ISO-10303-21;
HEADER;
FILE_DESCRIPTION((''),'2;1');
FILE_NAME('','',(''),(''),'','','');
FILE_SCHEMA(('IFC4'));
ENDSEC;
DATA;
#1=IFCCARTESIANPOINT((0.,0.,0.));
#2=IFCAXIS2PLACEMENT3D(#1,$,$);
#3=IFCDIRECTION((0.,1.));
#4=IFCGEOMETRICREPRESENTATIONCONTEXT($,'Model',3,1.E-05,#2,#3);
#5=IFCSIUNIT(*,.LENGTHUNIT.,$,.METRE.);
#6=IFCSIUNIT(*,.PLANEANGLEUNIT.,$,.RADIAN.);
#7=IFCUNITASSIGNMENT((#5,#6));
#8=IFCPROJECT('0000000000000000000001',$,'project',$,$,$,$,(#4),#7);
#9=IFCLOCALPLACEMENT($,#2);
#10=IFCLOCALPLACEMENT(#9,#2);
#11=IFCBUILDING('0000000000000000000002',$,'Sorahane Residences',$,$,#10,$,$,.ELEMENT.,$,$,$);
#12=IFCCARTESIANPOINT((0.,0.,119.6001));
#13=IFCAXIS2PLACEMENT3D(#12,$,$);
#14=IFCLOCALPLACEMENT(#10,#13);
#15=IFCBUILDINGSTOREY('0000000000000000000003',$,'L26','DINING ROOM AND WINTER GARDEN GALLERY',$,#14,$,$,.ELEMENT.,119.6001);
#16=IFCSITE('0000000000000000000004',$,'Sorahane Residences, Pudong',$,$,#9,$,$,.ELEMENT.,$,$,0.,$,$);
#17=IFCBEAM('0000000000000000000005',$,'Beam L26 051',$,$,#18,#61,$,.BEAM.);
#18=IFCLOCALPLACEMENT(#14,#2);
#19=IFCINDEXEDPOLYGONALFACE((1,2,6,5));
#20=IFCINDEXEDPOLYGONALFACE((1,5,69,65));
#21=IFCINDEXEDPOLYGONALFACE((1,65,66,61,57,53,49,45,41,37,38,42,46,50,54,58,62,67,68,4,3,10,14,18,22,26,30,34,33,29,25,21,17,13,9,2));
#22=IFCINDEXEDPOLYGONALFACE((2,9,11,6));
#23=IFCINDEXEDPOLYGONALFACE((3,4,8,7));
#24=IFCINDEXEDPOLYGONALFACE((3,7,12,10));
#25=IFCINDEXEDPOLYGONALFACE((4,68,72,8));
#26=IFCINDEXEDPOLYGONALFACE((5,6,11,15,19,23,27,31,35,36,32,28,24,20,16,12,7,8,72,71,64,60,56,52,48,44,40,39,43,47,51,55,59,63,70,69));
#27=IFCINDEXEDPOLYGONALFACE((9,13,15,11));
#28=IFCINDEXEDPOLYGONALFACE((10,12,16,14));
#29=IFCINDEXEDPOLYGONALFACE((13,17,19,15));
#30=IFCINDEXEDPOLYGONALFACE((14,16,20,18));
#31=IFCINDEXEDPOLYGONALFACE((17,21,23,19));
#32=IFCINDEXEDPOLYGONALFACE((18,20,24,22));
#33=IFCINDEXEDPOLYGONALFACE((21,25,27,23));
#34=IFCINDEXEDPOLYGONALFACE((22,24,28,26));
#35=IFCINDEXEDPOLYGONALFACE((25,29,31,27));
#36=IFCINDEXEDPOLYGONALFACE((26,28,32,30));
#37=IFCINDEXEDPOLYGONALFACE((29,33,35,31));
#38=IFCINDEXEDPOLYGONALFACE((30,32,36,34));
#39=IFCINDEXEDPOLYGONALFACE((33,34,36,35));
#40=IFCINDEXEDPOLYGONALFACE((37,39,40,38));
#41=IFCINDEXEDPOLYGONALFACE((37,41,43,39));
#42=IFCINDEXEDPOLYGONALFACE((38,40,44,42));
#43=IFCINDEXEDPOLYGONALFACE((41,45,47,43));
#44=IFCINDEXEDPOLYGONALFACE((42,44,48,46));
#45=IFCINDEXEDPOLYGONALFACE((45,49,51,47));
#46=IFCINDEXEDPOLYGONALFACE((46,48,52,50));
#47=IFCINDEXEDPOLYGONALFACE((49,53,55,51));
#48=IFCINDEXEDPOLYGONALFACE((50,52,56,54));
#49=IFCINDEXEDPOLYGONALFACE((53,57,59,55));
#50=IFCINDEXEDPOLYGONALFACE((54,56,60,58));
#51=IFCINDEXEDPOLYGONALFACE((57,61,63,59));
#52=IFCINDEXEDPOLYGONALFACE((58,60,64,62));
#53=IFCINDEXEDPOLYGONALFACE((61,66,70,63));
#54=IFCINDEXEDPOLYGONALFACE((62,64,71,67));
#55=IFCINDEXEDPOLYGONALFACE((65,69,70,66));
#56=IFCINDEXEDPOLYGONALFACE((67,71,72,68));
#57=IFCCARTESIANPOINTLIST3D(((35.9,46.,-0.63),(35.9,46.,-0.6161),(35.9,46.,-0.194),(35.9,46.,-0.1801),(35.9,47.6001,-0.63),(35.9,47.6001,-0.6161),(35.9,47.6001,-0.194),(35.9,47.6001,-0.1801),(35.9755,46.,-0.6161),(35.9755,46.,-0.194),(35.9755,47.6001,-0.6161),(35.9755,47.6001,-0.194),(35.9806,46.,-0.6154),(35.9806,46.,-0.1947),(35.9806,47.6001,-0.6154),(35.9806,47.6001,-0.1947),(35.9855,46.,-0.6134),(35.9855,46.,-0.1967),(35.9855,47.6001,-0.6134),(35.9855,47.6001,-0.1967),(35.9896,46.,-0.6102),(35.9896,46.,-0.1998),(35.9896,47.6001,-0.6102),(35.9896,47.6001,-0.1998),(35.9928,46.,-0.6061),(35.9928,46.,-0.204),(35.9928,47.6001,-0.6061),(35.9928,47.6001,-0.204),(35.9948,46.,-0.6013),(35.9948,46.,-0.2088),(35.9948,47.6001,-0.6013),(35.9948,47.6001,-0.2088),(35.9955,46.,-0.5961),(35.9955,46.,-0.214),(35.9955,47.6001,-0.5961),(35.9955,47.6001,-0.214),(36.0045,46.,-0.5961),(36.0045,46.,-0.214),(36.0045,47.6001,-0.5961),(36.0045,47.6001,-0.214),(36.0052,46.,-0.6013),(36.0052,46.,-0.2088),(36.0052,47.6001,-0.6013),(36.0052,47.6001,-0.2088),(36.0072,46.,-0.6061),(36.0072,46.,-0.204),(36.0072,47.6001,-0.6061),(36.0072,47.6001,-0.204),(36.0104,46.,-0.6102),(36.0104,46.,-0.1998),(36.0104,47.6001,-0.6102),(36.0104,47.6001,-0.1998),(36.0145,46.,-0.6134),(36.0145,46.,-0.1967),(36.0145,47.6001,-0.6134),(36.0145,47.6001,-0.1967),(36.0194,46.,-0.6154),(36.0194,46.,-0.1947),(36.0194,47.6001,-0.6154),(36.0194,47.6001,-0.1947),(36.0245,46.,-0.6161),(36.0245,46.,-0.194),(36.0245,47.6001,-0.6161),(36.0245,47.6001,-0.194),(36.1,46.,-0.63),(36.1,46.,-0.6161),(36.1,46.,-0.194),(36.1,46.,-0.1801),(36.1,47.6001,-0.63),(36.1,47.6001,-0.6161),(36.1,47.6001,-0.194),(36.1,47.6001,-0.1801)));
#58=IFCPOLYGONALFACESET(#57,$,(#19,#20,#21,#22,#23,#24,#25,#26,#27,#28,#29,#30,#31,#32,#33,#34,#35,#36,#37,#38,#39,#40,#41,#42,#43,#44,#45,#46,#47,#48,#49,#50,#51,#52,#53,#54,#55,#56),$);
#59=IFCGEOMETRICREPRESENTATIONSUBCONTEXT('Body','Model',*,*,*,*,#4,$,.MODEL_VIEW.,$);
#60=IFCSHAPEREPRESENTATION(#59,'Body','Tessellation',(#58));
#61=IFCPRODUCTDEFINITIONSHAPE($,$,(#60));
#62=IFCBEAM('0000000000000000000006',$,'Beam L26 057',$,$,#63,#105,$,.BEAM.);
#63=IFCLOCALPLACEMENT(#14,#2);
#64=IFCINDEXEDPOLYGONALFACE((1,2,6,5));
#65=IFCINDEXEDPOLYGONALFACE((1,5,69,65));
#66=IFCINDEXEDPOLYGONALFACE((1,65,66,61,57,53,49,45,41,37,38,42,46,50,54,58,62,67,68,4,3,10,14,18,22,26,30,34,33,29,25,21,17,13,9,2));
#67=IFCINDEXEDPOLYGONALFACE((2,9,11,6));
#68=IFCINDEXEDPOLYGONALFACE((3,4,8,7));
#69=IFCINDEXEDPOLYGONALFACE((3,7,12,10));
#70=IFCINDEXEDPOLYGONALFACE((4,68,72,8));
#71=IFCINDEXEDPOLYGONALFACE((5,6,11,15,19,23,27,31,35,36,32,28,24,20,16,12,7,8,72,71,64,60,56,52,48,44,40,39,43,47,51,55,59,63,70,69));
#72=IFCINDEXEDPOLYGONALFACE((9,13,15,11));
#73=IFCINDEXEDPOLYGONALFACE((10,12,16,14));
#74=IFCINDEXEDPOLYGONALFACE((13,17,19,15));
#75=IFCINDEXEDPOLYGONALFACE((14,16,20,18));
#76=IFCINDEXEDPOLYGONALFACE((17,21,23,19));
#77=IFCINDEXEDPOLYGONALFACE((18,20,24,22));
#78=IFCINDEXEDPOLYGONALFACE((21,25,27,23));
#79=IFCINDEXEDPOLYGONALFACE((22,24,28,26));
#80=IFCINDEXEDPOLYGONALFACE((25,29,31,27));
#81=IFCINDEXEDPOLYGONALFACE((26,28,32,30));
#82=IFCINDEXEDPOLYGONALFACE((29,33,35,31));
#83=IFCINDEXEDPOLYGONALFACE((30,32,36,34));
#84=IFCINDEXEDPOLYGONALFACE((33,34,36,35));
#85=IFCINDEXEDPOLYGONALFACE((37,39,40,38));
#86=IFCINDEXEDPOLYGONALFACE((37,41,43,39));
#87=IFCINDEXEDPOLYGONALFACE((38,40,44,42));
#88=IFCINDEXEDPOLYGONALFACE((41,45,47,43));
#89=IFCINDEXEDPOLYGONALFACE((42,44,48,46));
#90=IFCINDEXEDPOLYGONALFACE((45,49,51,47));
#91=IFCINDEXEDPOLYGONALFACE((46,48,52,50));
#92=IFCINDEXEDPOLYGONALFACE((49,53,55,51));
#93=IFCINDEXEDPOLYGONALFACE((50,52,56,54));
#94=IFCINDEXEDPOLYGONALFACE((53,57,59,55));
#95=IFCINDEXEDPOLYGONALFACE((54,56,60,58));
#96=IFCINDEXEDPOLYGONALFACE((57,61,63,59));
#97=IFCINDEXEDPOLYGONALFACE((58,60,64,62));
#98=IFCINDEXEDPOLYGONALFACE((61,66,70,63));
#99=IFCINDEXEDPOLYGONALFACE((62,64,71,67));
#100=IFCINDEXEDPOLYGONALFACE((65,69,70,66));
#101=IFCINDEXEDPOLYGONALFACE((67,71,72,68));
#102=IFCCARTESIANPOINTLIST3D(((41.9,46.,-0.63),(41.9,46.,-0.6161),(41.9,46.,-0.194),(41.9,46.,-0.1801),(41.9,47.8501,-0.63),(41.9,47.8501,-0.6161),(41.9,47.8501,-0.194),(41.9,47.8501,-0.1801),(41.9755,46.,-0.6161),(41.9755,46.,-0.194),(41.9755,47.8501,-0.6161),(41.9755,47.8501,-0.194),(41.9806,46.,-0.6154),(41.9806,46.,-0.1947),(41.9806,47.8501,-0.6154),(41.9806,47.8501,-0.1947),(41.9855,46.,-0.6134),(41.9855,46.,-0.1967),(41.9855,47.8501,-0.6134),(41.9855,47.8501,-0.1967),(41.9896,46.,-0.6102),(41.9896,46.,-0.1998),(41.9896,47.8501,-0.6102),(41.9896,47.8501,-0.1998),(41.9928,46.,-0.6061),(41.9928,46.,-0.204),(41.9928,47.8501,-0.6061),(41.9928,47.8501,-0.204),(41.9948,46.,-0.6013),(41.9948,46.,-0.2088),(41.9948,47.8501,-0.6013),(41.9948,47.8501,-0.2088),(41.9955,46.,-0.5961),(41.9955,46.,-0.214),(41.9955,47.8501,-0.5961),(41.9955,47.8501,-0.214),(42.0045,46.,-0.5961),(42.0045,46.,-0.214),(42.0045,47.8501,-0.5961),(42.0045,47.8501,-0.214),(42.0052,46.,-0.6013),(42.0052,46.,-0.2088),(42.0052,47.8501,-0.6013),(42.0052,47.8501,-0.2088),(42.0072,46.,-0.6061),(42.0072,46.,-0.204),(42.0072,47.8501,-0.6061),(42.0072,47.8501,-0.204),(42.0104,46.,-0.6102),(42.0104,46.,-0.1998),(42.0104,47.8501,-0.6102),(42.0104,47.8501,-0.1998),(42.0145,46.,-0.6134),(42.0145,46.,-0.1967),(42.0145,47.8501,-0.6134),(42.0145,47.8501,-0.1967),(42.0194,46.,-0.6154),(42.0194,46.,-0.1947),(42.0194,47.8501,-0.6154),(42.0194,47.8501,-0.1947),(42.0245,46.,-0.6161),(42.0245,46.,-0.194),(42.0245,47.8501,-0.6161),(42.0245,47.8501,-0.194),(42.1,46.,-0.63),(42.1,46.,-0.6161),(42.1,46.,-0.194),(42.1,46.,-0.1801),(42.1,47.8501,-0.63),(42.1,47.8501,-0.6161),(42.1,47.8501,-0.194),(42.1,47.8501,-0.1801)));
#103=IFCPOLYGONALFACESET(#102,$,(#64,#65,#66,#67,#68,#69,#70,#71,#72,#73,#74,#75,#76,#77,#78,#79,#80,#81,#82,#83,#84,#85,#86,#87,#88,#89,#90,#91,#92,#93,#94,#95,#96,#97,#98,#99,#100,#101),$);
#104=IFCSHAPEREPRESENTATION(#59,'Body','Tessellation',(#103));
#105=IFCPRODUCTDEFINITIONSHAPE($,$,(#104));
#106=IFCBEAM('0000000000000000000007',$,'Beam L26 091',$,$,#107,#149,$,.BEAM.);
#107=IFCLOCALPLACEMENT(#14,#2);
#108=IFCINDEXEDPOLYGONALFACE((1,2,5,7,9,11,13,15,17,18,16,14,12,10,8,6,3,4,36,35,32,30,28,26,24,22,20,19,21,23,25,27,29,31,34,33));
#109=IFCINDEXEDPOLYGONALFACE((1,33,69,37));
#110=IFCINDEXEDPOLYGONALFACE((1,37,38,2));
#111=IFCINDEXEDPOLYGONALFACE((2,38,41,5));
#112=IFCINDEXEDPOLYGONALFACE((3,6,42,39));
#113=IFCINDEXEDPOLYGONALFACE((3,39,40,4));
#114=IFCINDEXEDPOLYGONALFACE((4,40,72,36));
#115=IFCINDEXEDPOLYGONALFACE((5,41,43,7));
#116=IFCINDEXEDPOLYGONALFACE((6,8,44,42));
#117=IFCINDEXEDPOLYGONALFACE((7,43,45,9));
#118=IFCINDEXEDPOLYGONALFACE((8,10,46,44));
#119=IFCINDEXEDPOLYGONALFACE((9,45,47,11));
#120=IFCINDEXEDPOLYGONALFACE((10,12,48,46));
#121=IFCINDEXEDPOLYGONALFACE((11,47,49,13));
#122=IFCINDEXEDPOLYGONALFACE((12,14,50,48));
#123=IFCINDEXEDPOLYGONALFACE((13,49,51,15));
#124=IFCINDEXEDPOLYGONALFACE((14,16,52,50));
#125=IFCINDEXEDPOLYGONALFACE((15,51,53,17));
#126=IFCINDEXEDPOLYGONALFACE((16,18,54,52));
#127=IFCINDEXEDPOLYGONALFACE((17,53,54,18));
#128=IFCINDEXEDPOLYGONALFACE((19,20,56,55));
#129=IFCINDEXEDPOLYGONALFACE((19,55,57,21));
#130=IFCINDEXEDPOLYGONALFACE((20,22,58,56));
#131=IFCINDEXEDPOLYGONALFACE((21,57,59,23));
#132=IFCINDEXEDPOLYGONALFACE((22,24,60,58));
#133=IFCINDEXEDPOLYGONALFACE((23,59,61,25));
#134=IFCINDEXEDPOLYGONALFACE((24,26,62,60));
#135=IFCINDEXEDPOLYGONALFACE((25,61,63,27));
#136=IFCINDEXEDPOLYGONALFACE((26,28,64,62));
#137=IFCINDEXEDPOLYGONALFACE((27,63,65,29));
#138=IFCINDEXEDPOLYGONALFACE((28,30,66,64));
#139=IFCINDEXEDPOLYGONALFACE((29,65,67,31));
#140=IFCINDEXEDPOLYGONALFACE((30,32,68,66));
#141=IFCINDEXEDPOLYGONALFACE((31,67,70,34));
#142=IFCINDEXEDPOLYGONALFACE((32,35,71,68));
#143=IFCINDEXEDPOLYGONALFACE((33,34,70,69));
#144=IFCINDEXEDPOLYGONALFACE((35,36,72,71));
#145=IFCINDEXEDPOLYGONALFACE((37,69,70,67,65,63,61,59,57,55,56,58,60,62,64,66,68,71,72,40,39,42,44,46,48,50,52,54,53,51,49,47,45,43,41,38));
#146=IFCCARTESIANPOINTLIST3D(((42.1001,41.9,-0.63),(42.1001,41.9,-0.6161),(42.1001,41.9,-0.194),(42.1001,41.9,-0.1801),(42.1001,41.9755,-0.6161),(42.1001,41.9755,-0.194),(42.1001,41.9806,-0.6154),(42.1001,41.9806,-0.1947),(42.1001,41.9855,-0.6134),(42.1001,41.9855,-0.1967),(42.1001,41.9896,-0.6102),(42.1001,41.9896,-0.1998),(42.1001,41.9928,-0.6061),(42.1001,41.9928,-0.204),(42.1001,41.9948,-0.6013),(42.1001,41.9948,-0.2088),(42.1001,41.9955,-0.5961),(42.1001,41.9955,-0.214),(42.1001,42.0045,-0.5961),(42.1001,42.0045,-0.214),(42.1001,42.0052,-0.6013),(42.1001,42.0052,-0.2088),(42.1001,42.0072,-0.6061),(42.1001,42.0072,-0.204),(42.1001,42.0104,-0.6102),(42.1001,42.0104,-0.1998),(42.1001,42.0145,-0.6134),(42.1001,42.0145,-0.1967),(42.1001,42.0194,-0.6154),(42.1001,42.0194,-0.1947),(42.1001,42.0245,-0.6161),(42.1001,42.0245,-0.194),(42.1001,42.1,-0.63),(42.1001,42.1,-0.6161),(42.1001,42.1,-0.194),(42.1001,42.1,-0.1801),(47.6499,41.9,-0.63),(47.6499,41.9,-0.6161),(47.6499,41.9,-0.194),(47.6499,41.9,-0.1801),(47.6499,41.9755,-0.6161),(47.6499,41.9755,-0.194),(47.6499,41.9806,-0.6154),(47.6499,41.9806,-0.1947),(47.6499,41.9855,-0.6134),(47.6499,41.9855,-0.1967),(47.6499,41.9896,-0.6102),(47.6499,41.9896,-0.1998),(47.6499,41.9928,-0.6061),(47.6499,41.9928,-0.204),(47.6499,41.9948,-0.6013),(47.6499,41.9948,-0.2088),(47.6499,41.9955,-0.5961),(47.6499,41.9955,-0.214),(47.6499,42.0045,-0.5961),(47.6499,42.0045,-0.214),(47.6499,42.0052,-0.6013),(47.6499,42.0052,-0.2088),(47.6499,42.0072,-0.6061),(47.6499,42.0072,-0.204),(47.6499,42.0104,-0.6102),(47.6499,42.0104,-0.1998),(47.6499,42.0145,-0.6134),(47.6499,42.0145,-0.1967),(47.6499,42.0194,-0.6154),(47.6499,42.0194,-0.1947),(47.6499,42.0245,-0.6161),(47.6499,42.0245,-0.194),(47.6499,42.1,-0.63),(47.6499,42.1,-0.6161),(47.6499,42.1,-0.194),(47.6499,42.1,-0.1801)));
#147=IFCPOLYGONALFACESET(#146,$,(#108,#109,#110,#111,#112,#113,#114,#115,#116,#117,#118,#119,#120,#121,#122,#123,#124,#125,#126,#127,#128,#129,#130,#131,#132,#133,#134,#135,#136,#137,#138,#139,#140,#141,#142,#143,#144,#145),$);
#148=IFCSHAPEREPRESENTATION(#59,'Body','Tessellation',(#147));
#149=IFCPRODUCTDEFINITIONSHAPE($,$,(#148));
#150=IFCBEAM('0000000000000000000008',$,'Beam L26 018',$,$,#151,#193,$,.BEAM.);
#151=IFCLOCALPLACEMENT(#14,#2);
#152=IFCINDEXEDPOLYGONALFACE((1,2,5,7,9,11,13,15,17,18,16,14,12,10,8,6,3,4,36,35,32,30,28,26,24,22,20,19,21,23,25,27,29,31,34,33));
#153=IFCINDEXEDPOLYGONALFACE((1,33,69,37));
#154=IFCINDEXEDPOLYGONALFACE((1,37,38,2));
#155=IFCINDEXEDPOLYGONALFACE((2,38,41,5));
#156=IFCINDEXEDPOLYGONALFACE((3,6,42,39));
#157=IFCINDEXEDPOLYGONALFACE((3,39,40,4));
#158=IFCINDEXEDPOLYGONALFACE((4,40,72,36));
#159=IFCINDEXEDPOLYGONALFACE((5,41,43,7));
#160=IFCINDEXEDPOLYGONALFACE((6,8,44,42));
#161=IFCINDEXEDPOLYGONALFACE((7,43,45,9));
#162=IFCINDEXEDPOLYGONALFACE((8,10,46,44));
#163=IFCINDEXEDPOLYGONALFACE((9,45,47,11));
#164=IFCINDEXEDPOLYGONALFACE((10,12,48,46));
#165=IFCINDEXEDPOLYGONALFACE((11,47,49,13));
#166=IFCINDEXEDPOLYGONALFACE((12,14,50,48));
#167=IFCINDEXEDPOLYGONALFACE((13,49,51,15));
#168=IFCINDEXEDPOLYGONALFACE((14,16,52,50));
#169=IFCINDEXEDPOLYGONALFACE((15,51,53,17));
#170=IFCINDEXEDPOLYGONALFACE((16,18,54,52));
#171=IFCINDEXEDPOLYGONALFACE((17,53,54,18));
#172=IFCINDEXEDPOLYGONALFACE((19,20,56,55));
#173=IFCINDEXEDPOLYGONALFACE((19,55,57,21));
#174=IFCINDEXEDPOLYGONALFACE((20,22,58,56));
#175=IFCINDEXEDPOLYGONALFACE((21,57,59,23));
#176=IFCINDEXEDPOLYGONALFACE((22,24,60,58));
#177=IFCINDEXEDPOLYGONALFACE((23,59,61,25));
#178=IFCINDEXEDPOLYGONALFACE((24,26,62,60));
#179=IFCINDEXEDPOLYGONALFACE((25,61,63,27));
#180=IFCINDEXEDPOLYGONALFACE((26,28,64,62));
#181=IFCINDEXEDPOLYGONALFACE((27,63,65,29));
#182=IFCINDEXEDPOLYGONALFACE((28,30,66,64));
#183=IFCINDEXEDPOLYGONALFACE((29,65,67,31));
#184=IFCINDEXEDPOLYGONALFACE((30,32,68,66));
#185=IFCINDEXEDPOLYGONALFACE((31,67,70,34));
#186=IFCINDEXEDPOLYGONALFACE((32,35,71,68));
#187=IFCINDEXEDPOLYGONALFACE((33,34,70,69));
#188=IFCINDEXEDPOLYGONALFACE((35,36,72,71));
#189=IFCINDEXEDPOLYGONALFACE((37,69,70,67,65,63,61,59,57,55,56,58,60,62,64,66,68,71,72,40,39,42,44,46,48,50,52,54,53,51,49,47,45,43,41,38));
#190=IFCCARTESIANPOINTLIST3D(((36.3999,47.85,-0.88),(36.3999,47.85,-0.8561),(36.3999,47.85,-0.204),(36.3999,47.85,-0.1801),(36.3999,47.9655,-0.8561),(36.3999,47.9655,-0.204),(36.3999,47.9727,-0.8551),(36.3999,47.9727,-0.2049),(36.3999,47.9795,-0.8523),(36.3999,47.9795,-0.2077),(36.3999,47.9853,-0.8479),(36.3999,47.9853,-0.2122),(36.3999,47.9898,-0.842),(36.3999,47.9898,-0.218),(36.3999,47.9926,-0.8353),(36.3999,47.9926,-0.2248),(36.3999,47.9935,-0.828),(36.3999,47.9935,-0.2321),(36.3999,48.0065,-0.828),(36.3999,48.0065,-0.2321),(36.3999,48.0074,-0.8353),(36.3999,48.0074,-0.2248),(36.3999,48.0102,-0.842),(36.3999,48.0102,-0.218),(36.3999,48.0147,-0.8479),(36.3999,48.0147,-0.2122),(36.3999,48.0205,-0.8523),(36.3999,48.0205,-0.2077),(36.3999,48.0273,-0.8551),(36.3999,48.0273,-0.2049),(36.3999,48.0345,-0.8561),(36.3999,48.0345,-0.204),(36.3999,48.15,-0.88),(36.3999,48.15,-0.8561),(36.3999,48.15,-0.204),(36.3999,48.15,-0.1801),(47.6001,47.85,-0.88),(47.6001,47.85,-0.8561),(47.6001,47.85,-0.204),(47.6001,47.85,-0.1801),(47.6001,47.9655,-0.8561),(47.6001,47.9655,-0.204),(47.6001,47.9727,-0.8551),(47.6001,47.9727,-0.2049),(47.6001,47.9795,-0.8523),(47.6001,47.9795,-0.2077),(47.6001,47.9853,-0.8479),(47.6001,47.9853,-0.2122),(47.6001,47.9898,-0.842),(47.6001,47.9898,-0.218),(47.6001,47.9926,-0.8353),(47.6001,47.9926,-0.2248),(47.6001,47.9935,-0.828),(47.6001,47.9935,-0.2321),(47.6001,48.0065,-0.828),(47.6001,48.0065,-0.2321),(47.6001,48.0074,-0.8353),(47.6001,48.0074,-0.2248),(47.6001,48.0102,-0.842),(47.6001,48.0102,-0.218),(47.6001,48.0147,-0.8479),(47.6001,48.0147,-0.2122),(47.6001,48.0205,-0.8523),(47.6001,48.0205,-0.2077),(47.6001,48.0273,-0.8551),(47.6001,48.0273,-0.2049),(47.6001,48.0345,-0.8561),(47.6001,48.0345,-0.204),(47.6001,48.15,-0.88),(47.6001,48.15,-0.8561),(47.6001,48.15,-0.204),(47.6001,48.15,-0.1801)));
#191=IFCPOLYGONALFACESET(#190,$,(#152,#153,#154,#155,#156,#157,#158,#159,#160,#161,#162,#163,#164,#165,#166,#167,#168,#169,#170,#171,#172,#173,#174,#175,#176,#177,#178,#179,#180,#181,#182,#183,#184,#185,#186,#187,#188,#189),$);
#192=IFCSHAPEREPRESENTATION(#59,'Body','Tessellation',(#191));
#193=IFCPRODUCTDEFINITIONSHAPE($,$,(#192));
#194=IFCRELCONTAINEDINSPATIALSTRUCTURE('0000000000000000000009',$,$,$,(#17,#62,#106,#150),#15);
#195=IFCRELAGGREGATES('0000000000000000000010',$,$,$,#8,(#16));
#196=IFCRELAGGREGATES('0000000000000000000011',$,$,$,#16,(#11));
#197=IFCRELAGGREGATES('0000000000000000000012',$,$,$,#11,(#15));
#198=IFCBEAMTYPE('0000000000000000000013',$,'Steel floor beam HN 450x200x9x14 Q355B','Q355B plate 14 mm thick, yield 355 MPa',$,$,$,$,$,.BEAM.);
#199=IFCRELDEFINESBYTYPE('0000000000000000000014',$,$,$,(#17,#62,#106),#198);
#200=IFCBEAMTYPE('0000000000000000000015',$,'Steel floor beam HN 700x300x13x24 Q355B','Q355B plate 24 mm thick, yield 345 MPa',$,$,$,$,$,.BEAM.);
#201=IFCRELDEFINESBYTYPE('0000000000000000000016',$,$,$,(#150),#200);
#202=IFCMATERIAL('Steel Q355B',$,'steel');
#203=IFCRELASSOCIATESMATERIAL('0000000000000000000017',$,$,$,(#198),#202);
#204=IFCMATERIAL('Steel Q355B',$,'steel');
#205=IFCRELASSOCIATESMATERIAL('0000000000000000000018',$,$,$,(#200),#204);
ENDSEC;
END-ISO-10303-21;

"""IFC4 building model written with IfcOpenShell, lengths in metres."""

from ifc_helpers import new_model, si_unit, direction, frame, origin, origin_2d, place, context, subcontext, project, spatial, i_section, extrude, material, material_profile, profile_set, type_object, element, save


model = new_model("IFC4")

# Units and contexts
model_context = context("Model", 3, precision=1e-05, world=origin(), true_north=direction((0.0, 1.0)))
body_context = subcontext(model_context, "Body", "Model", "MODEL_VIEW")
ifc_project = project(units=[si_unit("LENGTHUNIT", "METRE"), si_unit("PLANEANGLEUNIT", "RADIAN")], contexts=[model_context])

# Site, building, storey
site_placement = place(None, origin())
site = spatial("IfcSite", under=ifc_project, at=site_placement, Name="Sorahane Residences, Pudong", CompositionType="ELEMENT", RefElevation=0.0)
building_placement = place(site_placement, origin())
building = spatial("IfcBuilding", under=site, at=building_placement, Name="Sorahane Residences", CompositionType="ELEMENT")
storey_placement = place(building_placement, frame((0.0, 0.0, 119.6001)))
storey = spatial("IfcBuildingStorey", under=building, at=storey_placement, Name="L26", Description="DINING ROOM AND WINTER GARDEN GALLERY", CompositionType="ELEMENT", Elevation=119.6001)

# Beams
ifc_material_1 = material(Name="Steel Q355B", Category="steel")
ifc_material_profile_1 = material_profile(ifc_material_1, i_section(OverallWidth=0.2, OverallDepth=0.45, WebThickness=0.009, FlangeThickness=0.0139, FilletRadius=0.02, at=origin_2d()), Name="HN 450x200x9x14")
ifc_profile_set_1 = profile_set([ifc_material_profile_1], Name="Steel Q355B")
beam_type_1 = type_object("IfcBeamType", Name="Steel floor beam HN 450x200x9x14 Q355B", Description="Q355B plate 14 mm thick, yield 355 MPa", PredefinedType="BEAM", material=ifc_profile_set_1)
beam_1_placement = place(storey_placement, frame((36.0, 46.0, -0.405), z_axis=(0.0, 1.0, 0.0), x_axis=(-1.0, 0.0, 0.0)))
element("IfcBeam", 1, at=beam_1_placement, inside=storey, type_object=beam_type_1, Name="Beam L26 051", PredefinedType="BEAM", context=body_context, shape_type="SweptSolid", body=[
    extrude(i_section(OverallWidth=0.2, OverallDepth=0.45, WebThickness=0.009, FlangeThickness=0.0139, FilletRadius=0.02, at=origin_2d()), origin(), (0.0, 0.0, 1.0), 1.6001),
])
beam_2_placement = place(storey_placement, frame((42.0, 46.0, -0.405), z_axis=(0.0, 1.0, 0.0), x_axis=(-1.0, 0.0, 0.0)))
element("IfcBeam", 2, at=beam_2_placement, inside=storey, type_object=beam_type_1, Name="Beam L26 057", PredefinedType="BEAM", context=body_context, shape_type="SweptSolid", body=[
    extrude(i_section(OverallWidth=0.2, OverallDepth=0.45, WebThickness=0.009, FlangeThickness=0.0139, FilletRadius=0.02, at=origin_2d()), origin(), (0.0, 0.0, 1.0), 1.8501),
])
beam_3_placement = place(storey_placement, frame((42.1001, 42.0, -0.405), z_axis=(1.0, 0.0, 0.0), x_axis=(0.0, 1.0, 0.0)))
element("IfcBeam", 3, at=beam_3_placement, inside=storey, type_object=beam_type_1, Name="Beam L26 091", PredefinedType="BEAM", context=body_context, shape_type="SweptSolid", body=[
    extrude(i_section(OverallWidth=0.2, OverallDepth=0.45, WebThickness=0.009, FlangeThickness=0.0139, FilletRadius=0.02, at=origin_2d()), origin(), (0.0, 0.0, 1.0), 5.5498),
])
ifc_material_2 = material(Name="Steel Q355B", Category="steel")
ifc_material_profile_2 = material_profile(ifc_material_2, i_section(OverallWidth=0.3, OverallDepth=0.7, WebThickness=0.0129, FlangeThickness=0.0239, FilletRadius=0.0281, at=origin_2d()), Name="HN 700x300x13x24")
ifc_profile_set_2 = profile_set([ifc_material_profile_2], Name="Steel Q355B")
beam_type_2 = type_object("IfcBeamType", Name="Steel floor beam HN 700x300x13x24 Q355B", Description="Q355B plate 24 mm thick, yield 345 MPa", PredefinedType="BEAM", material=ifc_profile_set_2)
beam_4_placement = place(storey_placement, frame((36.3999, 48.0, -0.53), z_axis=(1.0, 0.0, 0.0), x_axis=(0.0, 1.0, 0.0)))
element("IfcBeam", 4, at=beam_4_placement, inside=storey, type_object=beam_type_2, Name="Beam L26 018", PredefinedType="BEAM", context=body_context, shape_type="SweptSolid", body=[
    extrude(i_section(OverallWidth=0.3, OverallDepth=0.7, WebThickness=0.0129, FlangeThickness=0.0239, FilletRadius=0.0281, at=origin_2d()), origin(), (0.0, 0.0, 1.0), 11.2002),
])

save(model, "model.ifc")
